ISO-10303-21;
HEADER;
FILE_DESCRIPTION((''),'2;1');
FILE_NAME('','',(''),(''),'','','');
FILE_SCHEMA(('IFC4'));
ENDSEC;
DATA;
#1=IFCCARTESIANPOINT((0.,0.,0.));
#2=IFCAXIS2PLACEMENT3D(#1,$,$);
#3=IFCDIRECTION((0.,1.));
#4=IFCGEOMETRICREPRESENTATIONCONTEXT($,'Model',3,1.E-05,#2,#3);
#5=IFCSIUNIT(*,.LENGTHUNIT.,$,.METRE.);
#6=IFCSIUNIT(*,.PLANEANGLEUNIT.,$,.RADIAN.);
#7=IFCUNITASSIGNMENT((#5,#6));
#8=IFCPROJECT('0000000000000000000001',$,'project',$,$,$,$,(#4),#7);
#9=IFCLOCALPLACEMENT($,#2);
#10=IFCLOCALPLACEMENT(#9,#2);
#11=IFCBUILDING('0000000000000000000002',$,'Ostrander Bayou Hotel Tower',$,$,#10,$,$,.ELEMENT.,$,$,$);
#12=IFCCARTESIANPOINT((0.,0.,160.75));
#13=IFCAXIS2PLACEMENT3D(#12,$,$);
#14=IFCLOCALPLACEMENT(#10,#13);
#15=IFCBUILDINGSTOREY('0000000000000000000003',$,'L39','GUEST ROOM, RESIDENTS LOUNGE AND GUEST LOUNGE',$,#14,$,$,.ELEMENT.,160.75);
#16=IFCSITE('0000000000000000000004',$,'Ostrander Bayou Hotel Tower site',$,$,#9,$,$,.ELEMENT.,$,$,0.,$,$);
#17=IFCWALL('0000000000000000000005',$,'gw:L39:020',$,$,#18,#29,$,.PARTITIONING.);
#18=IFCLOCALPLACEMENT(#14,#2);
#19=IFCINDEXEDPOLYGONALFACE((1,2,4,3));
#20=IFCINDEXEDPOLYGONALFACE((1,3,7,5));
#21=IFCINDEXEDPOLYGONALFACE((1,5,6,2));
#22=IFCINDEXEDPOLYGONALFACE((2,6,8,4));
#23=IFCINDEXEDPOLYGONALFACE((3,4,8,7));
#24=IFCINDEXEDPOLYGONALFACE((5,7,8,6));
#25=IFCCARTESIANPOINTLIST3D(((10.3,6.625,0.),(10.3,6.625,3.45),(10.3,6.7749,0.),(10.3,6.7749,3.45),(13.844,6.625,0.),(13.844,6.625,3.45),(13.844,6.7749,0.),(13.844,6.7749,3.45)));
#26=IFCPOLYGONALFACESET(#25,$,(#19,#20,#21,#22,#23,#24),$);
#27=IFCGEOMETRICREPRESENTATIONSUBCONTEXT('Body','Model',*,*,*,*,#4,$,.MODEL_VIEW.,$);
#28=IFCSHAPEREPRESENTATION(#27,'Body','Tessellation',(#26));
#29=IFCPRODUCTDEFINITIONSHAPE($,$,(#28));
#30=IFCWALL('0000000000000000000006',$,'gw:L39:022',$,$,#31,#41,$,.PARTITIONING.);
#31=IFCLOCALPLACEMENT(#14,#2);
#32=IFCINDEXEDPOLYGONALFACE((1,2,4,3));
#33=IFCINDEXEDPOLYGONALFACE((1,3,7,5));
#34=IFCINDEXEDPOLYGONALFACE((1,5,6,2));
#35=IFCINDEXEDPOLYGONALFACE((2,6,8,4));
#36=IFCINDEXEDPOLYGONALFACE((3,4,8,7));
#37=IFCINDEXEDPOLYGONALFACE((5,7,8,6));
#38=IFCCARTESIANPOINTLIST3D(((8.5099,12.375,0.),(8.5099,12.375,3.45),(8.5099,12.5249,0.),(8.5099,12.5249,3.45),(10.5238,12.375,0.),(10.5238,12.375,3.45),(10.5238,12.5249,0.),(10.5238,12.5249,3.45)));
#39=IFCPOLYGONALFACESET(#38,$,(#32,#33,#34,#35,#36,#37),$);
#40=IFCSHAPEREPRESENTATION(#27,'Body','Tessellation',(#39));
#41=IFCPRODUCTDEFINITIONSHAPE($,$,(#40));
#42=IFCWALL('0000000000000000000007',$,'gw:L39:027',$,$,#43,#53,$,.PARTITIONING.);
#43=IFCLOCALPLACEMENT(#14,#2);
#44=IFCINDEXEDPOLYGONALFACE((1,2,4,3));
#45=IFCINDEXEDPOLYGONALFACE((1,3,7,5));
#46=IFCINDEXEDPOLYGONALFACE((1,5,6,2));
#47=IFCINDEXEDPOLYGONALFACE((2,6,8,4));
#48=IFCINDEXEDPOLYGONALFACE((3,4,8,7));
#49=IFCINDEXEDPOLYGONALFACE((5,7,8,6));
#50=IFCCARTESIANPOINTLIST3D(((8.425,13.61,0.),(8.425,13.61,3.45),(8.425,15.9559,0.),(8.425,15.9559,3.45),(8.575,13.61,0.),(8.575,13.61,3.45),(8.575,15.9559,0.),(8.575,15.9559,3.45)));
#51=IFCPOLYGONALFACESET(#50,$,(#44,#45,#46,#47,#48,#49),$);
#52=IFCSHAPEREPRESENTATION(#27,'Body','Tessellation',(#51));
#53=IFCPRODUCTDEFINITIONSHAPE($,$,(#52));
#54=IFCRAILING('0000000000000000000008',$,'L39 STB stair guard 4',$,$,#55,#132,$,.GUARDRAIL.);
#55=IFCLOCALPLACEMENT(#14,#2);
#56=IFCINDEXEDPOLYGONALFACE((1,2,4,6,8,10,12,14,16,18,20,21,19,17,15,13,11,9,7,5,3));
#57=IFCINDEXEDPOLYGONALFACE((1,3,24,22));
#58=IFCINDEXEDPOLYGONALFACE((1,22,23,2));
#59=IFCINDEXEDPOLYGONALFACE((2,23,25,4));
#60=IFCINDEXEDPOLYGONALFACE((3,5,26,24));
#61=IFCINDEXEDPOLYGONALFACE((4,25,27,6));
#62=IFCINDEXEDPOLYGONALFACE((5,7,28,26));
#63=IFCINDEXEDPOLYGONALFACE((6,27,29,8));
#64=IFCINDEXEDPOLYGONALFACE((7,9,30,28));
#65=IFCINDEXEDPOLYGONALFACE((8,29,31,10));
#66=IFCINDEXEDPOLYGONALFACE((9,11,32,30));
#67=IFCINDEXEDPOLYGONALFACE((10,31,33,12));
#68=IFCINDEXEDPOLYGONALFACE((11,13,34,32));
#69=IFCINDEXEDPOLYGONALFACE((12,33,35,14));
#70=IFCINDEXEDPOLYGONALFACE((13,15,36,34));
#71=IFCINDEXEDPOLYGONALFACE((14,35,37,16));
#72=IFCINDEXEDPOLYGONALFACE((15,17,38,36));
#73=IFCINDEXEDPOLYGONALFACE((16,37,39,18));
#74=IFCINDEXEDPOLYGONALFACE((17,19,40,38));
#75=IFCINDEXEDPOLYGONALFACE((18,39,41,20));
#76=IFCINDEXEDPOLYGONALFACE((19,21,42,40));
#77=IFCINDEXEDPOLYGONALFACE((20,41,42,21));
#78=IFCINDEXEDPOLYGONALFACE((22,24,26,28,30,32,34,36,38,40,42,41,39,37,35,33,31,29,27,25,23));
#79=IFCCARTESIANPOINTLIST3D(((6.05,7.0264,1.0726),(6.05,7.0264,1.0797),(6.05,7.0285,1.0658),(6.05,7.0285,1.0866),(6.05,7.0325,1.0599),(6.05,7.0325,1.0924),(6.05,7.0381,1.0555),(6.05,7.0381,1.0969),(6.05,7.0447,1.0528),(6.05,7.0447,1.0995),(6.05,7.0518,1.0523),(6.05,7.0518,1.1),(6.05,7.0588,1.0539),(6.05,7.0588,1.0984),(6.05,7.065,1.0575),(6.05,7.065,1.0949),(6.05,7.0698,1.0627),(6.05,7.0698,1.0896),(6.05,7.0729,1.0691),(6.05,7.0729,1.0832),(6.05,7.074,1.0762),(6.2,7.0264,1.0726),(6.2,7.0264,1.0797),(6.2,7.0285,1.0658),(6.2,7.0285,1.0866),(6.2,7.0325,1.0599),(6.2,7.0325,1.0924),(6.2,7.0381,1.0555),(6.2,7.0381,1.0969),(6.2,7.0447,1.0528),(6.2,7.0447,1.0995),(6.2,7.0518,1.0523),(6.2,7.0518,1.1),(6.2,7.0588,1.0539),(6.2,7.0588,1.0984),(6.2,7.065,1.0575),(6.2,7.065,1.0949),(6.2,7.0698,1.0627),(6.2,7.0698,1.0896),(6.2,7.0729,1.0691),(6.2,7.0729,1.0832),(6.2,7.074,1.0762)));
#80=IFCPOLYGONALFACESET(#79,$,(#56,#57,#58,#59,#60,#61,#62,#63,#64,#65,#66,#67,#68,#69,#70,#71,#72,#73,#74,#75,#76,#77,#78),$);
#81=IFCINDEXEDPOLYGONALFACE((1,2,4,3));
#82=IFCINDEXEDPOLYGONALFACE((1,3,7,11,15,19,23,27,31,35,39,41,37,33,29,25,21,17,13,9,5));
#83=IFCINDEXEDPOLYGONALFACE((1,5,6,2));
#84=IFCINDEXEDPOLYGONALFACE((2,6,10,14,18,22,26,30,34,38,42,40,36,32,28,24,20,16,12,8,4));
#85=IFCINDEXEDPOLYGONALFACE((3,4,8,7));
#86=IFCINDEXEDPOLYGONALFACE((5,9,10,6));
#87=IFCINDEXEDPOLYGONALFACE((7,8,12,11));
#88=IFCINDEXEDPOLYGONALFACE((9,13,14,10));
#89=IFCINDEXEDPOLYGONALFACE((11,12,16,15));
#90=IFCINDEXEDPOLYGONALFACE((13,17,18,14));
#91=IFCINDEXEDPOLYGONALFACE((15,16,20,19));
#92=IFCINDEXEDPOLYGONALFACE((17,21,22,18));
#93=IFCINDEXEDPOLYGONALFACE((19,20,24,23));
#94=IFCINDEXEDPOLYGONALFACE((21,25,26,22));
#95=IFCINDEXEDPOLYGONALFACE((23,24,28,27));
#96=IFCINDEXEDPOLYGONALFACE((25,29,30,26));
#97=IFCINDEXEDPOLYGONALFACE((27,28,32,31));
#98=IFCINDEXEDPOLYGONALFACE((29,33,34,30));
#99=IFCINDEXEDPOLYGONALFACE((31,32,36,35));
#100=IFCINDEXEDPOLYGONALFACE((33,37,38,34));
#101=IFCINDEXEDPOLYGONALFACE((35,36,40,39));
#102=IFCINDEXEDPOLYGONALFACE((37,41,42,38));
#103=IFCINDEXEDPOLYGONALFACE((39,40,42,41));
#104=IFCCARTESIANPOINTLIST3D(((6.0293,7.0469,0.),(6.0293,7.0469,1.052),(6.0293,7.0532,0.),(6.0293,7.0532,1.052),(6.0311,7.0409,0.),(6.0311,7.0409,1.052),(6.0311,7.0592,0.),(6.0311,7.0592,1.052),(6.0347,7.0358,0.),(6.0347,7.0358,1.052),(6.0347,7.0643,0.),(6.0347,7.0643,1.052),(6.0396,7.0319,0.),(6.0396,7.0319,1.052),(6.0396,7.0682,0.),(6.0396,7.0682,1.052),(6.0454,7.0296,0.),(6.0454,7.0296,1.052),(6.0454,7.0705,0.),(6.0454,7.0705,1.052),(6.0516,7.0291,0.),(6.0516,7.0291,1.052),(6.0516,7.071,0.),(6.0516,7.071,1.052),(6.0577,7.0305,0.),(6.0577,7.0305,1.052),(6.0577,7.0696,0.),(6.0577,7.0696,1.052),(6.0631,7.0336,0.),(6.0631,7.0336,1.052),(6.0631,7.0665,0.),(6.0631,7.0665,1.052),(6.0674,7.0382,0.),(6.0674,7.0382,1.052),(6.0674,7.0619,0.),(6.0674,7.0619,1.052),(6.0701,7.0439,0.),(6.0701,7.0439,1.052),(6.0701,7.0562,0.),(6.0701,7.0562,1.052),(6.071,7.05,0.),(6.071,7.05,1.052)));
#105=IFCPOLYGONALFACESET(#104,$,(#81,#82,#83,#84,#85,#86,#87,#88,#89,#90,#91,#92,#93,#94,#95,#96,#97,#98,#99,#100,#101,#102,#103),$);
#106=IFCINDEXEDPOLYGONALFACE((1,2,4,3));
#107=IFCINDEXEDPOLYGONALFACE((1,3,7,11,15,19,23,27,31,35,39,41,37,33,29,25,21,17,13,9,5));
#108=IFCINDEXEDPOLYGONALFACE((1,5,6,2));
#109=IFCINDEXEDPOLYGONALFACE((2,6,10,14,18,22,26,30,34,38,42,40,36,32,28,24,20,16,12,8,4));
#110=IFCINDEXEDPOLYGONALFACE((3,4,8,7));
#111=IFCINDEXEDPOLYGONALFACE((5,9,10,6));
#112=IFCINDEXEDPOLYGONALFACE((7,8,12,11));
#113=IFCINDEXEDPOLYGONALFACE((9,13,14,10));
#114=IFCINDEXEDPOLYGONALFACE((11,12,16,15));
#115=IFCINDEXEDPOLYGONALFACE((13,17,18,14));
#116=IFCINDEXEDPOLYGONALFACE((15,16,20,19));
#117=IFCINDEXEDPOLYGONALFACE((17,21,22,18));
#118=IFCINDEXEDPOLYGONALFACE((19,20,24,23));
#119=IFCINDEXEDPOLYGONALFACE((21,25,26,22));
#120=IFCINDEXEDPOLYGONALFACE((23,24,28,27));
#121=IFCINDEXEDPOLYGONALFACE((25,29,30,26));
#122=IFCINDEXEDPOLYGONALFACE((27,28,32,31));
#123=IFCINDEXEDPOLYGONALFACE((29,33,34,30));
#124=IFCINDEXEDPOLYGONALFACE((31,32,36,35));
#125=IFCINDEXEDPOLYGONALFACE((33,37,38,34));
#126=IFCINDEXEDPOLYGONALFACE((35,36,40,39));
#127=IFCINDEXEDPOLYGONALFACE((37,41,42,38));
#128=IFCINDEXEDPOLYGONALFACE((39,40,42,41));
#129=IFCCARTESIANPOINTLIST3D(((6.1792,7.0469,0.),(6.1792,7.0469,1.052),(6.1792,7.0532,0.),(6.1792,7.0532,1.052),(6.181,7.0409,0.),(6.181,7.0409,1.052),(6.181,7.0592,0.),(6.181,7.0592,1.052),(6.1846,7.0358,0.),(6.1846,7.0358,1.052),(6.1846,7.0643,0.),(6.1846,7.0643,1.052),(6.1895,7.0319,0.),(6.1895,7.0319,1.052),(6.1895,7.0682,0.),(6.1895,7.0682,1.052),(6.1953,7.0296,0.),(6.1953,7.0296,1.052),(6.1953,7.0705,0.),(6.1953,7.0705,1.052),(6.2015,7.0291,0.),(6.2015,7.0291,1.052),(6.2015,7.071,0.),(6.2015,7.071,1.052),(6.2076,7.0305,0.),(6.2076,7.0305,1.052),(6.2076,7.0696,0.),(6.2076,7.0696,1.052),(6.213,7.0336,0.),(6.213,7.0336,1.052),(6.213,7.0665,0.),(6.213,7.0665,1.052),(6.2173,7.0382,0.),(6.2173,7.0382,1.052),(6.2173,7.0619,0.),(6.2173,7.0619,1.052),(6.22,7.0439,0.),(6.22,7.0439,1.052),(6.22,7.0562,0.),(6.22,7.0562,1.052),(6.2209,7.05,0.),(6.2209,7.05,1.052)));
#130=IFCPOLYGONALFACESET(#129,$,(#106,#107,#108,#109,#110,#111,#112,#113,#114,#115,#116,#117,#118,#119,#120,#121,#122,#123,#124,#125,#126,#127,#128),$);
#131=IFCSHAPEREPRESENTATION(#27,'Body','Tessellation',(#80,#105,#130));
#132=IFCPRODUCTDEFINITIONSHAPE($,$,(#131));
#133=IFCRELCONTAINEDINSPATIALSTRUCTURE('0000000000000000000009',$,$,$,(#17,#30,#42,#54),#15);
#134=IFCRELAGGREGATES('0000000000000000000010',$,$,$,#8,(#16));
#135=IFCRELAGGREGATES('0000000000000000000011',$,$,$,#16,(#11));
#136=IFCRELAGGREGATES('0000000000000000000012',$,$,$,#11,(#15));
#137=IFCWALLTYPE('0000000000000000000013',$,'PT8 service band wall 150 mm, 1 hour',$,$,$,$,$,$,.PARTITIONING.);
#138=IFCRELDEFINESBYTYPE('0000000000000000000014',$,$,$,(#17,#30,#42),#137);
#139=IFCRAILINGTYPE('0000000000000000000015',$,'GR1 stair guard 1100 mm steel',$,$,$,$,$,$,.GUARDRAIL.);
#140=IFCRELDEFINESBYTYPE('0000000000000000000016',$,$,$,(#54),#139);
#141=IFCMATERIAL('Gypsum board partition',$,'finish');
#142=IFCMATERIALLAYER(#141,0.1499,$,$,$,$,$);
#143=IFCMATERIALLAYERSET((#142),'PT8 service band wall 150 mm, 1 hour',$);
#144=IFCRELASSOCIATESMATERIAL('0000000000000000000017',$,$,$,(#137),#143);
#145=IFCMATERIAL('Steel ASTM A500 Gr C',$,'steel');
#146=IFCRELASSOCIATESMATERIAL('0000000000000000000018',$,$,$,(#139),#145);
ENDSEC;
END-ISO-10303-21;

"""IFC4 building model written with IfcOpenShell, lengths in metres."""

from ifc_helpers import new_model, si_unit, direction, frame, frame_2d, origin, origin_2d, place, context, subcontext, project, spatial, rectangle, circle, extrude, material, layer, layer_set, type_object, element, save


model = new_model("IFC4")

# Units and contexts
model_context = context("Model", 3, precision=1e-05, world=origin(), true_north=direction((0.0, 1.0)))
body_context = subcontext(model_context, "Body", "Model", "MODEL_VIEW")
ifc_project = project(units=[si_unit("LENGTHUNIT", "METRE"), si_unit("PLANEANGLEUNIT", "RADIAN")], contexts=[model_context])

# Site, building, storey
site_placement = place(None, origin())
site = spatial("IfcSite", under=ifc_project, at=site_placement, Name="Ostrander Bayou Hotel Tower site", CompositionType="ELEMENT", RefElevation=0.0)
building_placement = place(site_placement, origin())
building = spatial("IfcBuilding", under=site, at=building_placement, Name="Ostrander Bayou Hotel Tower", CompositionType="ELEMENT")
storey_placement = place(building_placement, frame((0.0, 0.0, 160.75)))
storey = spatial("IfcBuildingStorey", under=building, at=storey_placement, Name="L39", Description="GUEST ROOM, RESIDENTS LOUNGE AND GUEST LOUNGE", CompositionType="ELEMENT", Elevation=160.75)

# Walls
ifc_material_1 = material(Name="Gypsum board partition", Category="finish")
ifc_layer_1 = layer(ifc_material_1, 0.1499)
ifc_layer_set_1 = layer_set([ifc_layer_1], Name="PT8 service band wall 150 mm, 1 hour")
wall_type_1 = type_object("IfcWallType", Name="PT8 service band wall 150 mm, 1 hour", PredefinedType="PARTITIONING", material=ifc_layer_set_1)
wall_1_placement = place(storey_placement, frame((10.3, 6.7, 0.0), z_axis=(0.0, 0.0, 1.0), x_axis=(1.0, 0.0, 0.0)))
element("IfcWall", 1, at=wall_1_placement, inside=storey, type_object=wall_type_1, Name="gw:L39:020", PredefinedType="PARTITIONING", context=body_context, shape_type="SweptSolid", body=[
    extrude(rectangle(XDim=3.5439, YDim=0.1499, at=frame_2d((1.772, 0.0))), origin(), (0.0, 0.0, 1.0), 3.45),
])
wall_2_placement = place(storey_placement, frame((8.51, 12.45, 0.0), z_axis=(0.0, 0.0, 1.0), x_axis=(1.0, 0.0, 0.0)))
element("IfcWall", 2, at=wall_2_placement, inside=storey, type_object=wall_type_1, Name="gw:L39:022", PredefinedType="PARTITIONING", context=body_context, shape_type="SweptSolid", body=[
    extrude(rectangle(XDim=2.0139, YDim=0.1499, at=frame_2d((1.0068, 0.0))), origin(), (0.0, 0.0, 1.0), 3.45),
])
wall_3_placement = place(storey_placement, frame((8.5, 13.6101, 0.0), z_axis=(0.0, 0.0, 1.0), x_axis=(0.0, 1.0, 0.0)))
element("IfcWall", 3, at=wall_3_placement, inside=storey, type_object=wall_type_1, Name="gw:L39:027", PredefinedType="PARTITIONING", context=body_context, shape_type="SweptSolid", body=[
    extrude(rectangle(XDim=2.3459, YDim=0.1499, at=frame_2d((1.1729, 0.0))), origin(), (0.0, 0.0, 1.0), 3.45),
])

# Railing
ifc_material_2 = material(Name="Steel ASTM A500 Gr C", Category="steel")
railing_type = type_object("IfcRailingType", Name="GR1 stair guard 1100 mm steel", PredefinedType="GUARDRAIL", material=ifc_material_2)
railing_placement = place(storey_placement, frame((6.05, 7.05, 0.0)))
element("IfcRailing", 4, at=railing_placement, inside=storey, type_object=railing_type, Name="L39 STB stair guard 4", PredefinedType="GUARDRAIL", context=body_context, shape_type="SweptSolid", body=[
    extrude(circle(Radius=0.0239, at=origin_2d()), frame((0.0, 0.0, 1.0762), z_axis=(1.0, 0.0, 0.0), x_axis=(0.0, 1.0, 0.0)), (0.0, 0.0, 1.0), 0.1499),
    extrude(circle(Radius=0.021, at=origin_2d()), origin(), (0.0, 0.0, 1.0), 1.052),
    extrude(circle(Radius=0.021, at=origin_2d()), frame((0.1499, 0.0, 0.0)), (0.0, 0.0, 1.0), 1.052),
])

save(model, "model.ifc")
